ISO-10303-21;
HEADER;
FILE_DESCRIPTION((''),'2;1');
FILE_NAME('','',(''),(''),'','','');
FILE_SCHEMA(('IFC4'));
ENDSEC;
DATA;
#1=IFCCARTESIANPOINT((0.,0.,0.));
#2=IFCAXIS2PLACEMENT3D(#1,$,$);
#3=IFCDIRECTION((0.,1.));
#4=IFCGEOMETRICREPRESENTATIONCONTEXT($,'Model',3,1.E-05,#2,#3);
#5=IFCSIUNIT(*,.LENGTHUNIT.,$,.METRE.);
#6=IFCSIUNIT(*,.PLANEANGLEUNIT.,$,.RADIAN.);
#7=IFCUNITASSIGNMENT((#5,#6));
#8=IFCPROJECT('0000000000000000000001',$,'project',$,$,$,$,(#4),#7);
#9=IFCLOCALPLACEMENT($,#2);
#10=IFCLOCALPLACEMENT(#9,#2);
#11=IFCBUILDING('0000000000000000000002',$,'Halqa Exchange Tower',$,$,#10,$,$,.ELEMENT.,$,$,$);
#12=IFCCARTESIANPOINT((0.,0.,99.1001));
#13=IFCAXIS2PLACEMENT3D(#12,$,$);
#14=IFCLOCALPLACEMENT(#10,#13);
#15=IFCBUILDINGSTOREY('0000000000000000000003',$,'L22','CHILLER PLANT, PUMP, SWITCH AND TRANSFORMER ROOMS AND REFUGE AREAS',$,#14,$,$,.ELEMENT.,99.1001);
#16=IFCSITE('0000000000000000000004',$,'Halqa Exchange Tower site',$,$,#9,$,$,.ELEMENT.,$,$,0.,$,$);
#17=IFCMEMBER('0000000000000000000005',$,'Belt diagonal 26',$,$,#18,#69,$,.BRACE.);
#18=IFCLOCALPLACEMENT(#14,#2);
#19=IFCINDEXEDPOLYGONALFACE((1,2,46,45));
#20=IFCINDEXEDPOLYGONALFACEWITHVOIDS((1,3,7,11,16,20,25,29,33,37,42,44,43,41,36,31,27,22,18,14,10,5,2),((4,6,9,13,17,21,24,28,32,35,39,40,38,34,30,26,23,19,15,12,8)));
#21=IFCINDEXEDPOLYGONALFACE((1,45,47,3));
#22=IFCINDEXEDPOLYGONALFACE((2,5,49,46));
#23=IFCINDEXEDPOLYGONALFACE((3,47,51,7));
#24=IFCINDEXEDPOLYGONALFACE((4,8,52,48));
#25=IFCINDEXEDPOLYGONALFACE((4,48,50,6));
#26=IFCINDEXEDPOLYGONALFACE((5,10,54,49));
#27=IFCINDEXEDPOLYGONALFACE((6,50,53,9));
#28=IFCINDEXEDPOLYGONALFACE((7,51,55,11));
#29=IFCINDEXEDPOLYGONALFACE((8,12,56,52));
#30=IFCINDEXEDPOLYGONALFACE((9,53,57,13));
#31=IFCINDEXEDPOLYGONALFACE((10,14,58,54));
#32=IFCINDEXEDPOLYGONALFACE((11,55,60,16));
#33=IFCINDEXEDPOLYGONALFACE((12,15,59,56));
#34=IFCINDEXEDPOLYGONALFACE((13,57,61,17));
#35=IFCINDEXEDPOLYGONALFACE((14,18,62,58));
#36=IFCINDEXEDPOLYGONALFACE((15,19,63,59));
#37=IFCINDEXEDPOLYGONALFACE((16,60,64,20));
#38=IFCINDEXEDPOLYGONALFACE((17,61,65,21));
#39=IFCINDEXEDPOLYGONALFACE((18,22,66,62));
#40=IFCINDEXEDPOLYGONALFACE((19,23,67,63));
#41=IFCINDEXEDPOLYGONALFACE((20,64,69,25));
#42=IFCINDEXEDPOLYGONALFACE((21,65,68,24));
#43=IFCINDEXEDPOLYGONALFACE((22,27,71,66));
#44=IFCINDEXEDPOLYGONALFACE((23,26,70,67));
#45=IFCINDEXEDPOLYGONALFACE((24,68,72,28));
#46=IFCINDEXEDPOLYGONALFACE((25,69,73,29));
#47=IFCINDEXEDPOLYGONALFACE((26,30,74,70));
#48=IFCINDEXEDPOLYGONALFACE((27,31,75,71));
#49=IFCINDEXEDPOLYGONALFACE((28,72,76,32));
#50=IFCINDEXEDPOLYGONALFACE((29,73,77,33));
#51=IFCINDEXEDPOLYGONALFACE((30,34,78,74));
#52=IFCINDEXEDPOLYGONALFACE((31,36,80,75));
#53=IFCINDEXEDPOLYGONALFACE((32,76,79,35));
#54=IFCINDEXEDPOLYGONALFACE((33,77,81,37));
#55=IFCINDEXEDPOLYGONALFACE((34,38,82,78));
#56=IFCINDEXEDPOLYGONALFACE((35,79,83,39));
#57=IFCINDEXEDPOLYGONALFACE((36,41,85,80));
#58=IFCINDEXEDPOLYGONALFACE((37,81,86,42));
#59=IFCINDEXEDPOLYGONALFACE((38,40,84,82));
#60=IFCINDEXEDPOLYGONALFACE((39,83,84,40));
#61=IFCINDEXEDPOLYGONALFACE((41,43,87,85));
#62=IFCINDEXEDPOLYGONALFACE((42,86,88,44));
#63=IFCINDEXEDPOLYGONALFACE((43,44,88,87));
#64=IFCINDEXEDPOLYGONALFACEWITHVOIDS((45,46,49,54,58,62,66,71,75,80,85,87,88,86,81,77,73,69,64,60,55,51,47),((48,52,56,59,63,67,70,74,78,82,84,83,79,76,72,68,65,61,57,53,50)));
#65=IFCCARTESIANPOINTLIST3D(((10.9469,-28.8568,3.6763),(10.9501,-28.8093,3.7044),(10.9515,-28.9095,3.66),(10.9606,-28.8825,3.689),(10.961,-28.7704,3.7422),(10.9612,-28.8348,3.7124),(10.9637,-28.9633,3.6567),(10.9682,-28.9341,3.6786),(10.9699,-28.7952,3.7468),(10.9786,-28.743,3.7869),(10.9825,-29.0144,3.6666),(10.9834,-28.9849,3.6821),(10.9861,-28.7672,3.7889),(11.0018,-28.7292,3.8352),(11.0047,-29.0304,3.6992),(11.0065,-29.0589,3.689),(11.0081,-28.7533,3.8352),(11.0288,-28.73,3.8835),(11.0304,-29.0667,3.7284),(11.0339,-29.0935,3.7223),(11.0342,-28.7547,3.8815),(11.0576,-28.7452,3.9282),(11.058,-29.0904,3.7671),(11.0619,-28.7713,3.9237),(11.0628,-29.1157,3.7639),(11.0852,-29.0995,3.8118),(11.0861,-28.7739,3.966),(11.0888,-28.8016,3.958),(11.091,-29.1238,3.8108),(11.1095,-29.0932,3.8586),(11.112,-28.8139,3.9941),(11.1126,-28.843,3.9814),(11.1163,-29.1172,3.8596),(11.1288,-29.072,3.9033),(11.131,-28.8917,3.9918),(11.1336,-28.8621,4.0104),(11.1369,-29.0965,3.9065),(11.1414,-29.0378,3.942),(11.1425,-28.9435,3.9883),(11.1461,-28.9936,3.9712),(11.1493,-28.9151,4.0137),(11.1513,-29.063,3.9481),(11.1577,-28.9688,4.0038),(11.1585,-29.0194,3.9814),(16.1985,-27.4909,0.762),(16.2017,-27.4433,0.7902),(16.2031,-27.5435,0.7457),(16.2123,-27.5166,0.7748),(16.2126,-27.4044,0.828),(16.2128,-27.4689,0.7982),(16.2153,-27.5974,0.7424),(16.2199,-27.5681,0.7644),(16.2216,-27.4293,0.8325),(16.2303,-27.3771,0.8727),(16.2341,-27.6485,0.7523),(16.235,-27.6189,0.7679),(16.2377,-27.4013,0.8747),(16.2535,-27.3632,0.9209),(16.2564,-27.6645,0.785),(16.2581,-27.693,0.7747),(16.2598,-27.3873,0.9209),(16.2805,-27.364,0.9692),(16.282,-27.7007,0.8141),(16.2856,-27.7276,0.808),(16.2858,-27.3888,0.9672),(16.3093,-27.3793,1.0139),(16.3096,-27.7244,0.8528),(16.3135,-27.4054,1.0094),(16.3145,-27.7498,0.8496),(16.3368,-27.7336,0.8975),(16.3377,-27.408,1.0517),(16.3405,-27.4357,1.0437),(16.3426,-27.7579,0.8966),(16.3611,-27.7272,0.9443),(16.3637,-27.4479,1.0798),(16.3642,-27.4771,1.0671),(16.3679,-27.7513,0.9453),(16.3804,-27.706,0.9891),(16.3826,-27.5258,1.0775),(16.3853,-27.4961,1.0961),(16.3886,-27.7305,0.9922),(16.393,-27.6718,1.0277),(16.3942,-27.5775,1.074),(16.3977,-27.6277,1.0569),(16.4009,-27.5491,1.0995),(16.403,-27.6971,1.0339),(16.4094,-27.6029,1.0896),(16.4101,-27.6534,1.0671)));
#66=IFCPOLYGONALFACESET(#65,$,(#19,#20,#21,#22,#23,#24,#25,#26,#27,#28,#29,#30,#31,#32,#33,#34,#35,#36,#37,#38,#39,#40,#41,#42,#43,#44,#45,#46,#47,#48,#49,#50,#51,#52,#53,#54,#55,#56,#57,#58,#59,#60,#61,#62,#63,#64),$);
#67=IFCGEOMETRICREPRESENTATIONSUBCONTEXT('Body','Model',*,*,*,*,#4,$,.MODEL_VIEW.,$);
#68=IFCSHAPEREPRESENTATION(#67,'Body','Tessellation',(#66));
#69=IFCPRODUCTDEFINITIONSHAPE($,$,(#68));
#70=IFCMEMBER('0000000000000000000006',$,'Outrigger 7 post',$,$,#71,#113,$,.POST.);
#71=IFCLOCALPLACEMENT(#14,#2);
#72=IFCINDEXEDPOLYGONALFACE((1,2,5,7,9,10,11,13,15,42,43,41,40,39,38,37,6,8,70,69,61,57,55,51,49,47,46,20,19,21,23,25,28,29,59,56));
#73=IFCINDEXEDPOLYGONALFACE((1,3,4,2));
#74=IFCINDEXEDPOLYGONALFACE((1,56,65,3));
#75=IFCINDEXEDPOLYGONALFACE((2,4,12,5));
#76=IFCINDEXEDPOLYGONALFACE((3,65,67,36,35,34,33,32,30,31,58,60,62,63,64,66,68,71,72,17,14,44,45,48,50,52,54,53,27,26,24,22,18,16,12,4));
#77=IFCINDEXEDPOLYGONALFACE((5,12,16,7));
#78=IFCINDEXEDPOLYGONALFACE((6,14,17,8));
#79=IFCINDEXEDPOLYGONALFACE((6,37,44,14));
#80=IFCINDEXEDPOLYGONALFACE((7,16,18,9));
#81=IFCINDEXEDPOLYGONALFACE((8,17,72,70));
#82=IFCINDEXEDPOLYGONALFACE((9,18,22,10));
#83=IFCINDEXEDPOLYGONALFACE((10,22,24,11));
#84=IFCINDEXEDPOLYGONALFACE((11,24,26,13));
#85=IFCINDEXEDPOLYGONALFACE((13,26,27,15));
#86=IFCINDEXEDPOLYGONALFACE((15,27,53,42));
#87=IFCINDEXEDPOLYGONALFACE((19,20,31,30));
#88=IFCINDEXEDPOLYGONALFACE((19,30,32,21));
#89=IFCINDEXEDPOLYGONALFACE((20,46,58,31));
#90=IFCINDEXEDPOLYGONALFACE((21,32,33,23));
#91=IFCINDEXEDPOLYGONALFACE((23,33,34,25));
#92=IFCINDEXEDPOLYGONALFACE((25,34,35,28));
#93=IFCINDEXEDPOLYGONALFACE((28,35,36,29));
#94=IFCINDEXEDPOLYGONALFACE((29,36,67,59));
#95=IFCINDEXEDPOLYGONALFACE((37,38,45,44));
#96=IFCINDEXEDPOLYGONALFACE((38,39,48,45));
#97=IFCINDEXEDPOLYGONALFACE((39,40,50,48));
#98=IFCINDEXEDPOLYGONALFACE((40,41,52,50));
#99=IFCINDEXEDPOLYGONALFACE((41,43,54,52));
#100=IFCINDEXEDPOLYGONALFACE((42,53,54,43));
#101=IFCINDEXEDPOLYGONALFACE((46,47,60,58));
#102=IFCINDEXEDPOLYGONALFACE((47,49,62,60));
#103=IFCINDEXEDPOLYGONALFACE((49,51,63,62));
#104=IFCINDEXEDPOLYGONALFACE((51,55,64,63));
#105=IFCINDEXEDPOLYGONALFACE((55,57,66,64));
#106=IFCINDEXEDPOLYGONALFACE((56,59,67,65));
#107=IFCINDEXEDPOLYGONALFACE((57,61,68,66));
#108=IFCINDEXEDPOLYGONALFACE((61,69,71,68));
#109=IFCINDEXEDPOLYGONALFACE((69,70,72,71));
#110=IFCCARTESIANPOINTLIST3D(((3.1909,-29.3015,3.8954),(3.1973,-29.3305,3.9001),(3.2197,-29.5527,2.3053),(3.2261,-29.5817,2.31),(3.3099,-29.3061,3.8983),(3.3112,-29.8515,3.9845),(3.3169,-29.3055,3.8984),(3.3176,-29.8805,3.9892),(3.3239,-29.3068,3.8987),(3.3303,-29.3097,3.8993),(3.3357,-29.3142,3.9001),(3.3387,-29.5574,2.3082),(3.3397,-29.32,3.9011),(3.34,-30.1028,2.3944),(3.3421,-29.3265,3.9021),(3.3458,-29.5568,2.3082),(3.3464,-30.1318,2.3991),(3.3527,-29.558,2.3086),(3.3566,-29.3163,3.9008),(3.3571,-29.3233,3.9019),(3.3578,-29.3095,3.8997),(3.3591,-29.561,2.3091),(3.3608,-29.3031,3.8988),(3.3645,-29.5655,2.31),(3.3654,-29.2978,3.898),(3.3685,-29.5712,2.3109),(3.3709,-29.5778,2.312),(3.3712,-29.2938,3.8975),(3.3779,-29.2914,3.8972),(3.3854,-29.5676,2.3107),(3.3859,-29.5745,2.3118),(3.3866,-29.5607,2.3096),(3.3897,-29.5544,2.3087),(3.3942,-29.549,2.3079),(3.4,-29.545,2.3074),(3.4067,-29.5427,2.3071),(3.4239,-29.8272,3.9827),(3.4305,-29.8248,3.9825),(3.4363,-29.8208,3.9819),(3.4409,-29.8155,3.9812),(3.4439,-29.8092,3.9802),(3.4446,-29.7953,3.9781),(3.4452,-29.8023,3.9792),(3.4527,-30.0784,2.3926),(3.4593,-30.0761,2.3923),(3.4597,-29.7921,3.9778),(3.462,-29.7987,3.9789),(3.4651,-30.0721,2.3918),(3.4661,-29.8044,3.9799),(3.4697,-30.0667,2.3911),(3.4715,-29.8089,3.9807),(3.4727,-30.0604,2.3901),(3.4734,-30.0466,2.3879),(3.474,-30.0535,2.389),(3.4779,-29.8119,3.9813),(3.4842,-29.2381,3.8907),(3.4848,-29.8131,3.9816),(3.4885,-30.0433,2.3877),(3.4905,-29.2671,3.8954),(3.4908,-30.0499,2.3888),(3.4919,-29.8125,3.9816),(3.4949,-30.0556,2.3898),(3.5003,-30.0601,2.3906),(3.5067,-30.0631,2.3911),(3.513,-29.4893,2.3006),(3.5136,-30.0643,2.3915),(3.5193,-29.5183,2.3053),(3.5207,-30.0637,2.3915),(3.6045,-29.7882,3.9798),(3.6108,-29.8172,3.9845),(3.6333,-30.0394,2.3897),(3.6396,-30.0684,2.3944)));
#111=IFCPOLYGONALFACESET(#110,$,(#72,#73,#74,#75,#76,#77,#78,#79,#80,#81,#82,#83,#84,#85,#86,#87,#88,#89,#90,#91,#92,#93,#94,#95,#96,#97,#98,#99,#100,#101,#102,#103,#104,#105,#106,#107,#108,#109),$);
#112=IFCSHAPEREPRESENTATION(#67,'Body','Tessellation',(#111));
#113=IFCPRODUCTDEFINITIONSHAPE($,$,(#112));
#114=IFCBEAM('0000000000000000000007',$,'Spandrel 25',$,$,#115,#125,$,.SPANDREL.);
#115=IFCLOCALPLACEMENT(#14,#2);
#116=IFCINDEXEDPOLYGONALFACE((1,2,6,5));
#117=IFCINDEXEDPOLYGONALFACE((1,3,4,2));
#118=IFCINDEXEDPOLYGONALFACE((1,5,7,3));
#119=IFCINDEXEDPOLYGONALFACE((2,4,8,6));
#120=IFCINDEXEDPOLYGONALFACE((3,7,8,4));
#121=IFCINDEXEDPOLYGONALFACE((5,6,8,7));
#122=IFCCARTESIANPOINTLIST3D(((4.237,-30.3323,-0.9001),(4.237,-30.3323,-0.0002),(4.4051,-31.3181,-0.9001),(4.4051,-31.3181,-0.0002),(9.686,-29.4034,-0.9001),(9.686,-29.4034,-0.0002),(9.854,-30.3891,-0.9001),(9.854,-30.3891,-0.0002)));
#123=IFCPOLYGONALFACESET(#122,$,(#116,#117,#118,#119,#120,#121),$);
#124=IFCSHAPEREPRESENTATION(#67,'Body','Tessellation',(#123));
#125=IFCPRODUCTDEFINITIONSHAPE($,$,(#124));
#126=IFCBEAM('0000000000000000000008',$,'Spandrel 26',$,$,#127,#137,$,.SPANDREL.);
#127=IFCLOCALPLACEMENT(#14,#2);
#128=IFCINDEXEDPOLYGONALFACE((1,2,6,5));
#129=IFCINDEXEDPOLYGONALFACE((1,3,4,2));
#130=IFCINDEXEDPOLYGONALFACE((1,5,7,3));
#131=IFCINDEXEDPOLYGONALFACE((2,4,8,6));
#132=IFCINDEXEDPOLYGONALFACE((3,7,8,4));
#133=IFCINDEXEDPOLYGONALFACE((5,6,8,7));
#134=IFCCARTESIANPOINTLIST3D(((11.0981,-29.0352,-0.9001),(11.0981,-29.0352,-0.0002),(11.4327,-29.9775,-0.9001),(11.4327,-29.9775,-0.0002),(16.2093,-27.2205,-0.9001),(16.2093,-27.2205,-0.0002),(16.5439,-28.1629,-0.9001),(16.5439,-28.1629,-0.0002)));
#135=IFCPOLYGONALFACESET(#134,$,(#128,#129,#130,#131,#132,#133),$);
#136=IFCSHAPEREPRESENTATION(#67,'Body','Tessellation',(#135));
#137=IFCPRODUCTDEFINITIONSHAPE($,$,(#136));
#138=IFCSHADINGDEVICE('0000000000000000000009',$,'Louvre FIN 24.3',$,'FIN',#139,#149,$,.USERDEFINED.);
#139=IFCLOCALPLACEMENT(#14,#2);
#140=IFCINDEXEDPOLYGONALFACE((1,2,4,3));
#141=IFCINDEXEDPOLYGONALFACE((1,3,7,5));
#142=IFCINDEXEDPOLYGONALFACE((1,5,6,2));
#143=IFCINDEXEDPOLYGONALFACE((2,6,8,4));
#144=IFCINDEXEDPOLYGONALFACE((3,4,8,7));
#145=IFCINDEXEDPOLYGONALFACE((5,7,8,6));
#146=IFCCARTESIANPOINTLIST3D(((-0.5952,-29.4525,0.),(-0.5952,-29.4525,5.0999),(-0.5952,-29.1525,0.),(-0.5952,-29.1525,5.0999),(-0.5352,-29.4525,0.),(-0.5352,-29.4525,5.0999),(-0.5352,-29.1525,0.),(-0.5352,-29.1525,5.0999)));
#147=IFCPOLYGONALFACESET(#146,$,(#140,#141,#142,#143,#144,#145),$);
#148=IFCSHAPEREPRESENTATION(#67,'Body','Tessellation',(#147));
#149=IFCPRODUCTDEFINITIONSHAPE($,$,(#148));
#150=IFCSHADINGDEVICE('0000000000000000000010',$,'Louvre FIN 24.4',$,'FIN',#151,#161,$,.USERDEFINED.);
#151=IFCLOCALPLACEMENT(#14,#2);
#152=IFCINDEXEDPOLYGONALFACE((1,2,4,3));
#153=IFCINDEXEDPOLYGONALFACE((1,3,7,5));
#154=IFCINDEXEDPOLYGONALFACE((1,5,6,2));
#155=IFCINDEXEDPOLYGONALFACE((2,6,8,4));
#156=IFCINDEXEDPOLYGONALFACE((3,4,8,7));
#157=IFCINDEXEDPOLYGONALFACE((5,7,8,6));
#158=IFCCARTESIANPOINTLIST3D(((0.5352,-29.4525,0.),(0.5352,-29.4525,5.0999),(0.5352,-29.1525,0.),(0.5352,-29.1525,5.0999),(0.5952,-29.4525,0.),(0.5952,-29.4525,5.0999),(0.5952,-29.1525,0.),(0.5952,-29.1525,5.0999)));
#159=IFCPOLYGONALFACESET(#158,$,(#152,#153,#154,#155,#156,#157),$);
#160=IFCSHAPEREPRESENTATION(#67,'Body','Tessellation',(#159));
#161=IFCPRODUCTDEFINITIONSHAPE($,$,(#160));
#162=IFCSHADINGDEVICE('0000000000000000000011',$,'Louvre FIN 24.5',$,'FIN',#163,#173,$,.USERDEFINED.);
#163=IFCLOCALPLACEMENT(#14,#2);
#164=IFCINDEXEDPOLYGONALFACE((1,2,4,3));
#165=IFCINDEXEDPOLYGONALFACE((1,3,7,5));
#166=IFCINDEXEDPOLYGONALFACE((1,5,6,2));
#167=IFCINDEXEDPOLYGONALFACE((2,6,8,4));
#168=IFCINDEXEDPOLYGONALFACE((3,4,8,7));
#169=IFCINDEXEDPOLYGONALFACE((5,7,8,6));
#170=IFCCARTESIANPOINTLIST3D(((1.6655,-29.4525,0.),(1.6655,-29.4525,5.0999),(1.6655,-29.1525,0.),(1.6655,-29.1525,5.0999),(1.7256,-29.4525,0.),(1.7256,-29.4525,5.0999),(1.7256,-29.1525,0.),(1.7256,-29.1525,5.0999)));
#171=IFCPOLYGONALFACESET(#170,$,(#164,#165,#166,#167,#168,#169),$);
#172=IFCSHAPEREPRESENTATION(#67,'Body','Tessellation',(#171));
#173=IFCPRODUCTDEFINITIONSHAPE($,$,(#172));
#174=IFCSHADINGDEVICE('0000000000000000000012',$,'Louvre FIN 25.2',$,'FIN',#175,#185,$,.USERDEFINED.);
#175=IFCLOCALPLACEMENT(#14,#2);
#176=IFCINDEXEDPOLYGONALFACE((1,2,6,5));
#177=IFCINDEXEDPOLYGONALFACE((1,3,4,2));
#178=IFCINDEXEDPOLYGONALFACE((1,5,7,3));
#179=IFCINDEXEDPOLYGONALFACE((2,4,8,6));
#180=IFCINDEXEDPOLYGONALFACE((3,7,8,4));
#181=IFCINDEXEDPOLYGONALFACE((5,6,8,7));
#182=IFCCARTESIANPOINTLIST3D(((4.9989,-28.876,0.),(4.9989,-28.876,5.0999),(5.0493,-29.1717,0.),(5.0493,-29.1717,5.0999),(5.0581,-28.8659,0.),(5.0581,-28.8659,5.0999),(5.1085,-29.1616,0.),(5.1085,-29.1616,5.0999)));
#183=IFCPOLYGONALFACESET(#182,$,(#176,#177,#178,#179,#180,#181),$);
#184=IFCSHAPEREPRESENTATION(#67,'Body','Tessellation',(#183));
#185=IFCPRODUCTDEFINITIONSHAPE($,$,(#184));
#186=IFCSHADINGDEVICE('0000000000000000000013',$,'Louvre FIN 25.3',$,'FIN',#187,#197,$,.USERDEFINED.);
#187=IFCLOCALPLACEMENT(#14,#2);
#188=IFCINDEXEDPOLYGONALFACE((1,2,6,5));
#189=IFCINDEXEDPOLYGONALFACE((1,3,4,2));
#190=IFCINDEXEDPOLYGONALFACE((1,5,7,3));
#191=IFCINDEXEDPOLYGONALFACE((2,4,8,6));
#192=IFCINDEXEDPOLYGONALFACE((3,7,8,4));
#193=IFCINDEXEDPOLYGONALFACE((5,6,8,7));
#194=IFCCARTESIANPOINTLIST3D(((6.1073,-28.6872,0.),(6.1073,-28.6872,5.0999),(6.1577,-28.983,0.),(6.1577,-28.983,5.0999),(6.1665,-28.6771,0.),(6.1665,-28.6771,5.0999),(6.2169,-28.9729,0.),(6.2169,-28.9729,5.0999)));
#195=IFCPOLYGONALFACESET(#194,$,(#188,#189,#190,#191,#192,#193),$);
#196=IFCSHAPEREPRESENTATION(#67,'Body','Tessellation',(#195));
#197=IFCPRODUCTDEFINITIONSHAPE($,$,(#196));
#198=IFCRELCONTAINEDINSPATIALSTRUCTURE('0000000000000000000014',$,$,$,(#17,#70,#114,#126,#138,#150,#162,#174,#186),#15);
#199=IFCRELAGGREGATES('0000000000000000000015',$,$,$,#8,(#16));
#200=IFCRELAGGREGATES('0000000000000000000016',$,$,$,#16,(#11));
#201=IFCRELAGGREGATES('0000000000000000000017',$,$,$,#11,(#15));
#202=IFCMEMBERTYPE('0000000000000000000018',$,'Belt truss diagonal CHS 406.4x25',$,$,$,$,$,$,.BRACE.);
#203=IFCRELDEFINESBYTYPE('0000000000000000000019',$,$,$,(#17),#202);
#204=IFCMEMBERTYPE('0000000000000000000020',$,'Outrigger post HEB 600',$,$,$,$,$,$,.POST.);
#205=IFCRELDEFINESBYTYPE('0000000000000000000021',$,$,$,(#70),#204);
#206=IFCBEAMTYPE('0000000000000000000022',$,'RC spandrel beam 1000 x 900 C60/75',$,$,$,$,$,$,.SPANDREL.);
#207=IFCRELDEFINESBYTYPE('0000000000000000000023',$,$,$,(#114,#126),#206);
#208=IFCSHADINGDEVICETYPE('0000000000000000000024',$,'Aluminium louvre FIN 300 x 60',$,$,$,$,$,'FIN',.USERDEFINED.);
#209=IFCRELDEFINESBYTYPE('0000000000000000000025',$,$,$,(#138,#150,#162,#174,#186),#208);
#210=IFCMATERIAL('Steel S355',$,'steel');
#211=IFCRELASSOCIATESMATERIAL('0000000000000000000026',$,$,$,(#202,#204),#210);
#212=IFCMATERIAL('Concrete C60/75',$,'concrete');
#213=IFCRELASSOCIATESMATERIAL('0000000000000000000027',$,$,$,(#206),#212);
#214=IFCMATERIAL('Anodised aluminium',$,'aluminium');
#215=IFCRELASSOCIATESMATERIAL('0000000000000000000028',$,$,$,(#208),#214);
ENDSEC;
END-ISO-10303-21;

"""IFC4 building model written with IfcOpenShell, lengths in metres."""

from ifc_helpers import new_model, si_unit, direction, frame, origin, origin_2d, place, context, subcontext, project, spatial, rectangle, hollow_circle, i_section, extrude, material, material_profile, profile_set, type_object, element, save


model = new_model("IFC4")

# Units and contexts
model_context = context("Model", 3, precision=1e-05, world=origin(), true_north=direction((0.0, 1.0)))
body_context = subcontext(model_context, "Body", "Model", "MODEL_VIEW")
ifc_project = project(units=[si_unit("LENGTHUNIT", "METRE"), si_unit("PLANEANGLEUNIT", "RADIAN")], contexts=[model_context])

# Site, building, storey
site_placement = place(None, origin())
site = spatial("IfcSite", under=ifc_project, at=site_placement, Name="Halqa Exchange Tower site", CompositionType="ELEMENT", RefElevation=0.0)
building_placement = place(site_placement, origin())
building = spatial("IfcBuilding", under=site, at=building_placement, Name="Halqa Exchange Tower", CompositionType="ELEMENT")
storey_placement = place(building_placement, frame((0.0, 0.0, 99.1001)))
storey = spatial("IfcBuildingStorey", under=building, at=storey_placement, Name="L22", Description="CHILLER PLANT, PUMP, SWITCH AND TRANSFORMER ROOMS AND REFUGE AREAS", CompositionType="ELEMENT", Elevation=99.1001)

# Members
ifc_material_1 = material(Name="Steel S355", Category="steel")
ifc_material_profile_1 = material_profile(ifc_material_1, hollow_circle(Radius=0.2031, WallThickness=0.0249, at=origin_2d()), Name="CHS 406.4x25")
ifc_profile_set_1 = profile_set([ifc_material_profile_1], Name="Steel S355")
member_type_1 = type_object("IfcMemberType", Name="Belt truss diagonal CHS 406.4x25", PredefinedType="BRACE", material=ifc_profile_set_1)
for number, where, z_axis, x_axis, name in (
    (1, (11.053, -28.9258, 3.8352), (0.852619, 0.221766, -0.47314), (-0.251724, 0.967799, 0.0), "Belt diagonal 26"),
):
    element("IfcMember", number, at=place(storey_placement, frame(where, z_axis=z_axis, x_axis=x_axis)), inside=storey, type_object=member_type_1, Name=name, PredefinedType="BRACE", context=body_context, shape_type="SweptSolid", body=[
        extrude(hollow_circle(Radius=0.2031, WallThickness=0.0249, at=origin_2d()), origin(), (0.0, 0.0, 1.0), 6.1594),
    ])
ifc_material_profile_2 = material_profile(ifc_material_1, i_section(OverallWidth=0.3, OverallDepth=0.6001, WebThickness=0.0154, FlangeThickness=0.03, FilletRadius=0.0271, at=origin_2d()), Name="HEB 600")
ifc_profile_set_2 = profile_set([ifc_material_profile_2], Name="Steel S355")
member_type_2 = type_object("IfcMemberType", Name="Outrigger post HEB 600", PredefinedType="POST", material=ifc_profile_set_2)
member_1_placement = place(storey_placement, frame((3.4297, -29.8105, 2.3499), z_axis=(-0.017893, 0.156031, 0.98759), x_axis=(-0.977317, -0.2112, 0.015661)))
element("IfcMember", 2, at=member_1_placement, inside=storey, type_object=member_type_2, Name="Outrigger 7 post", PredefinedType="POST", context=body_context, shape_type="SweptSolid", body=[
    extrude(i_section(OverallWidth=0.3, OverallDepth=0.6001, WebThickness=0.0154, FlangeThickness=0.03, FilletRadius=0.0271, at=origin_2d()), origin(), (0.0, 0.0, 1.0), 1.6101),
])

# Beams
ifc_material_2 = material(Name="Concrete C60/75", Category="concrete")
ifc_material_profile_3 = material_profile(ifc_material_2, rectangle(XDim=1.0, YDim=0.8999, at=origin_2d()), Name="1000 x 900")
ifc_profile_set_3 = profile_set([ifc_material_profile_3], Name="Concrete C60/75")
beam_type = type_object("IfcBeamType", Name="RC spandrel beam 1000 x 900 C60/75", PredefinedType="SPANDREL", material=ifc_profile_set_3)
beam_1_placement = place(storey_placement, frame((4.321, -30.8252, -0.4502), z_axis=(0.985777, 0.168058, 0.0), x_axis=(-0.168058, 0.985777, 0.0)))
element("IfcBeam", 3, at=beam_1_placement, inside=storey, type_object=beam_type, Name="Spandrel 25", PredefinedType="SPANDREL", context=body_context, shape_type="SweptSolid", body=[
    extrude(rectangle(XDim=1.0, YDim=0.8999, at=origin_2d()), origin(), (0.0, 0.0, 1.0), 5.5276),
])
beam_2_placement = place(storey_placement, frame((11.2654, -29.5063, -0.4502), z_axis=(0.94237, 0.334574, 0.0), x_axis=(-0.334574, 0.94237, 0.0)))
element("IfcBeam", 4, at=beam_2_placement, inside=storey, type_object=beam_type, Name="Spandrel 26", PredefinedType="SPANDREL", context=body_context, shape_type="SweptSolid", body=[
    extrude(rectangle(XDim=1.0, YDim=0.8999, at=origin_2d()), origin(), (0.0, 0.0, 1.0), 5.4238),
])

# Shading devices
ifc_material_3 = material(Name="Anodised aluminium", Category="aluminium")
ifc_material_profile_4 = material_profile(ifc_material_3, rectangle(XDim=0.3, YDim=0.0601, at=origin_2d()), Name="AL FIN 300x60")
ifc_profile_set_4 = profile_set([ifc_material_profile_4], Name="Anodised aluminium")
shading_device_type = type_object("IfcShadingDeviceType", Name="Aluminium louvre FIN 300 x 60", ElementType="FIN", PredefinedType="USERDEFINED", material=ifc_profile_set_4)
for number, where, z_axis, x_axis, name in (
    (5, (-0.5652, -29.3025, 0.0), (0.0, 0.0, 1.0), (0.0, 1.0, 0.0), "Louvre FIN 24.3"),
    (6, (0.5652, -29.3025, 0.0), (0.0, 0.0, 1.0), (0.0, 1.0, 0.0), "Louvre FIN 24.4"),
    (7, (1.6956, -29.3025, 0.0), (0.0, 0.0, 1.0), (0.0, 1.0, 0.0), "Louvre FIN 24.5"),
    (8, (5.0537, -29.0188, 0.0), (0.0, 0.0, 1.0), (-0.168068, 0.985775, 0.0), "Louvre FIN 25.2"),
    (9, (6.1621, -28.8301, 0.0), (0.0, 0.0, 1.0), (-0.168068, 0.985775, 0.0), "Louvre FIN 25.3"),
):
    element("IfcShadingDevice", number, at=place(storey_placement, frame(where, z_axis=z_axis, x_axis=x_axis)), inside=storey, type_object=shading_device_type, Name=name, ObjectType="FIN", PredefinedType="USERDEFINED", context=body_context, shape_type="SweptSolid", body=[
        extrude(rectangle(XDim=0.3, YDim=0.0601, at=origin_2d()), origin(), (0.0, 0.0, 1.0), 5.0999),
    ])

save(model, "model.ifc")
